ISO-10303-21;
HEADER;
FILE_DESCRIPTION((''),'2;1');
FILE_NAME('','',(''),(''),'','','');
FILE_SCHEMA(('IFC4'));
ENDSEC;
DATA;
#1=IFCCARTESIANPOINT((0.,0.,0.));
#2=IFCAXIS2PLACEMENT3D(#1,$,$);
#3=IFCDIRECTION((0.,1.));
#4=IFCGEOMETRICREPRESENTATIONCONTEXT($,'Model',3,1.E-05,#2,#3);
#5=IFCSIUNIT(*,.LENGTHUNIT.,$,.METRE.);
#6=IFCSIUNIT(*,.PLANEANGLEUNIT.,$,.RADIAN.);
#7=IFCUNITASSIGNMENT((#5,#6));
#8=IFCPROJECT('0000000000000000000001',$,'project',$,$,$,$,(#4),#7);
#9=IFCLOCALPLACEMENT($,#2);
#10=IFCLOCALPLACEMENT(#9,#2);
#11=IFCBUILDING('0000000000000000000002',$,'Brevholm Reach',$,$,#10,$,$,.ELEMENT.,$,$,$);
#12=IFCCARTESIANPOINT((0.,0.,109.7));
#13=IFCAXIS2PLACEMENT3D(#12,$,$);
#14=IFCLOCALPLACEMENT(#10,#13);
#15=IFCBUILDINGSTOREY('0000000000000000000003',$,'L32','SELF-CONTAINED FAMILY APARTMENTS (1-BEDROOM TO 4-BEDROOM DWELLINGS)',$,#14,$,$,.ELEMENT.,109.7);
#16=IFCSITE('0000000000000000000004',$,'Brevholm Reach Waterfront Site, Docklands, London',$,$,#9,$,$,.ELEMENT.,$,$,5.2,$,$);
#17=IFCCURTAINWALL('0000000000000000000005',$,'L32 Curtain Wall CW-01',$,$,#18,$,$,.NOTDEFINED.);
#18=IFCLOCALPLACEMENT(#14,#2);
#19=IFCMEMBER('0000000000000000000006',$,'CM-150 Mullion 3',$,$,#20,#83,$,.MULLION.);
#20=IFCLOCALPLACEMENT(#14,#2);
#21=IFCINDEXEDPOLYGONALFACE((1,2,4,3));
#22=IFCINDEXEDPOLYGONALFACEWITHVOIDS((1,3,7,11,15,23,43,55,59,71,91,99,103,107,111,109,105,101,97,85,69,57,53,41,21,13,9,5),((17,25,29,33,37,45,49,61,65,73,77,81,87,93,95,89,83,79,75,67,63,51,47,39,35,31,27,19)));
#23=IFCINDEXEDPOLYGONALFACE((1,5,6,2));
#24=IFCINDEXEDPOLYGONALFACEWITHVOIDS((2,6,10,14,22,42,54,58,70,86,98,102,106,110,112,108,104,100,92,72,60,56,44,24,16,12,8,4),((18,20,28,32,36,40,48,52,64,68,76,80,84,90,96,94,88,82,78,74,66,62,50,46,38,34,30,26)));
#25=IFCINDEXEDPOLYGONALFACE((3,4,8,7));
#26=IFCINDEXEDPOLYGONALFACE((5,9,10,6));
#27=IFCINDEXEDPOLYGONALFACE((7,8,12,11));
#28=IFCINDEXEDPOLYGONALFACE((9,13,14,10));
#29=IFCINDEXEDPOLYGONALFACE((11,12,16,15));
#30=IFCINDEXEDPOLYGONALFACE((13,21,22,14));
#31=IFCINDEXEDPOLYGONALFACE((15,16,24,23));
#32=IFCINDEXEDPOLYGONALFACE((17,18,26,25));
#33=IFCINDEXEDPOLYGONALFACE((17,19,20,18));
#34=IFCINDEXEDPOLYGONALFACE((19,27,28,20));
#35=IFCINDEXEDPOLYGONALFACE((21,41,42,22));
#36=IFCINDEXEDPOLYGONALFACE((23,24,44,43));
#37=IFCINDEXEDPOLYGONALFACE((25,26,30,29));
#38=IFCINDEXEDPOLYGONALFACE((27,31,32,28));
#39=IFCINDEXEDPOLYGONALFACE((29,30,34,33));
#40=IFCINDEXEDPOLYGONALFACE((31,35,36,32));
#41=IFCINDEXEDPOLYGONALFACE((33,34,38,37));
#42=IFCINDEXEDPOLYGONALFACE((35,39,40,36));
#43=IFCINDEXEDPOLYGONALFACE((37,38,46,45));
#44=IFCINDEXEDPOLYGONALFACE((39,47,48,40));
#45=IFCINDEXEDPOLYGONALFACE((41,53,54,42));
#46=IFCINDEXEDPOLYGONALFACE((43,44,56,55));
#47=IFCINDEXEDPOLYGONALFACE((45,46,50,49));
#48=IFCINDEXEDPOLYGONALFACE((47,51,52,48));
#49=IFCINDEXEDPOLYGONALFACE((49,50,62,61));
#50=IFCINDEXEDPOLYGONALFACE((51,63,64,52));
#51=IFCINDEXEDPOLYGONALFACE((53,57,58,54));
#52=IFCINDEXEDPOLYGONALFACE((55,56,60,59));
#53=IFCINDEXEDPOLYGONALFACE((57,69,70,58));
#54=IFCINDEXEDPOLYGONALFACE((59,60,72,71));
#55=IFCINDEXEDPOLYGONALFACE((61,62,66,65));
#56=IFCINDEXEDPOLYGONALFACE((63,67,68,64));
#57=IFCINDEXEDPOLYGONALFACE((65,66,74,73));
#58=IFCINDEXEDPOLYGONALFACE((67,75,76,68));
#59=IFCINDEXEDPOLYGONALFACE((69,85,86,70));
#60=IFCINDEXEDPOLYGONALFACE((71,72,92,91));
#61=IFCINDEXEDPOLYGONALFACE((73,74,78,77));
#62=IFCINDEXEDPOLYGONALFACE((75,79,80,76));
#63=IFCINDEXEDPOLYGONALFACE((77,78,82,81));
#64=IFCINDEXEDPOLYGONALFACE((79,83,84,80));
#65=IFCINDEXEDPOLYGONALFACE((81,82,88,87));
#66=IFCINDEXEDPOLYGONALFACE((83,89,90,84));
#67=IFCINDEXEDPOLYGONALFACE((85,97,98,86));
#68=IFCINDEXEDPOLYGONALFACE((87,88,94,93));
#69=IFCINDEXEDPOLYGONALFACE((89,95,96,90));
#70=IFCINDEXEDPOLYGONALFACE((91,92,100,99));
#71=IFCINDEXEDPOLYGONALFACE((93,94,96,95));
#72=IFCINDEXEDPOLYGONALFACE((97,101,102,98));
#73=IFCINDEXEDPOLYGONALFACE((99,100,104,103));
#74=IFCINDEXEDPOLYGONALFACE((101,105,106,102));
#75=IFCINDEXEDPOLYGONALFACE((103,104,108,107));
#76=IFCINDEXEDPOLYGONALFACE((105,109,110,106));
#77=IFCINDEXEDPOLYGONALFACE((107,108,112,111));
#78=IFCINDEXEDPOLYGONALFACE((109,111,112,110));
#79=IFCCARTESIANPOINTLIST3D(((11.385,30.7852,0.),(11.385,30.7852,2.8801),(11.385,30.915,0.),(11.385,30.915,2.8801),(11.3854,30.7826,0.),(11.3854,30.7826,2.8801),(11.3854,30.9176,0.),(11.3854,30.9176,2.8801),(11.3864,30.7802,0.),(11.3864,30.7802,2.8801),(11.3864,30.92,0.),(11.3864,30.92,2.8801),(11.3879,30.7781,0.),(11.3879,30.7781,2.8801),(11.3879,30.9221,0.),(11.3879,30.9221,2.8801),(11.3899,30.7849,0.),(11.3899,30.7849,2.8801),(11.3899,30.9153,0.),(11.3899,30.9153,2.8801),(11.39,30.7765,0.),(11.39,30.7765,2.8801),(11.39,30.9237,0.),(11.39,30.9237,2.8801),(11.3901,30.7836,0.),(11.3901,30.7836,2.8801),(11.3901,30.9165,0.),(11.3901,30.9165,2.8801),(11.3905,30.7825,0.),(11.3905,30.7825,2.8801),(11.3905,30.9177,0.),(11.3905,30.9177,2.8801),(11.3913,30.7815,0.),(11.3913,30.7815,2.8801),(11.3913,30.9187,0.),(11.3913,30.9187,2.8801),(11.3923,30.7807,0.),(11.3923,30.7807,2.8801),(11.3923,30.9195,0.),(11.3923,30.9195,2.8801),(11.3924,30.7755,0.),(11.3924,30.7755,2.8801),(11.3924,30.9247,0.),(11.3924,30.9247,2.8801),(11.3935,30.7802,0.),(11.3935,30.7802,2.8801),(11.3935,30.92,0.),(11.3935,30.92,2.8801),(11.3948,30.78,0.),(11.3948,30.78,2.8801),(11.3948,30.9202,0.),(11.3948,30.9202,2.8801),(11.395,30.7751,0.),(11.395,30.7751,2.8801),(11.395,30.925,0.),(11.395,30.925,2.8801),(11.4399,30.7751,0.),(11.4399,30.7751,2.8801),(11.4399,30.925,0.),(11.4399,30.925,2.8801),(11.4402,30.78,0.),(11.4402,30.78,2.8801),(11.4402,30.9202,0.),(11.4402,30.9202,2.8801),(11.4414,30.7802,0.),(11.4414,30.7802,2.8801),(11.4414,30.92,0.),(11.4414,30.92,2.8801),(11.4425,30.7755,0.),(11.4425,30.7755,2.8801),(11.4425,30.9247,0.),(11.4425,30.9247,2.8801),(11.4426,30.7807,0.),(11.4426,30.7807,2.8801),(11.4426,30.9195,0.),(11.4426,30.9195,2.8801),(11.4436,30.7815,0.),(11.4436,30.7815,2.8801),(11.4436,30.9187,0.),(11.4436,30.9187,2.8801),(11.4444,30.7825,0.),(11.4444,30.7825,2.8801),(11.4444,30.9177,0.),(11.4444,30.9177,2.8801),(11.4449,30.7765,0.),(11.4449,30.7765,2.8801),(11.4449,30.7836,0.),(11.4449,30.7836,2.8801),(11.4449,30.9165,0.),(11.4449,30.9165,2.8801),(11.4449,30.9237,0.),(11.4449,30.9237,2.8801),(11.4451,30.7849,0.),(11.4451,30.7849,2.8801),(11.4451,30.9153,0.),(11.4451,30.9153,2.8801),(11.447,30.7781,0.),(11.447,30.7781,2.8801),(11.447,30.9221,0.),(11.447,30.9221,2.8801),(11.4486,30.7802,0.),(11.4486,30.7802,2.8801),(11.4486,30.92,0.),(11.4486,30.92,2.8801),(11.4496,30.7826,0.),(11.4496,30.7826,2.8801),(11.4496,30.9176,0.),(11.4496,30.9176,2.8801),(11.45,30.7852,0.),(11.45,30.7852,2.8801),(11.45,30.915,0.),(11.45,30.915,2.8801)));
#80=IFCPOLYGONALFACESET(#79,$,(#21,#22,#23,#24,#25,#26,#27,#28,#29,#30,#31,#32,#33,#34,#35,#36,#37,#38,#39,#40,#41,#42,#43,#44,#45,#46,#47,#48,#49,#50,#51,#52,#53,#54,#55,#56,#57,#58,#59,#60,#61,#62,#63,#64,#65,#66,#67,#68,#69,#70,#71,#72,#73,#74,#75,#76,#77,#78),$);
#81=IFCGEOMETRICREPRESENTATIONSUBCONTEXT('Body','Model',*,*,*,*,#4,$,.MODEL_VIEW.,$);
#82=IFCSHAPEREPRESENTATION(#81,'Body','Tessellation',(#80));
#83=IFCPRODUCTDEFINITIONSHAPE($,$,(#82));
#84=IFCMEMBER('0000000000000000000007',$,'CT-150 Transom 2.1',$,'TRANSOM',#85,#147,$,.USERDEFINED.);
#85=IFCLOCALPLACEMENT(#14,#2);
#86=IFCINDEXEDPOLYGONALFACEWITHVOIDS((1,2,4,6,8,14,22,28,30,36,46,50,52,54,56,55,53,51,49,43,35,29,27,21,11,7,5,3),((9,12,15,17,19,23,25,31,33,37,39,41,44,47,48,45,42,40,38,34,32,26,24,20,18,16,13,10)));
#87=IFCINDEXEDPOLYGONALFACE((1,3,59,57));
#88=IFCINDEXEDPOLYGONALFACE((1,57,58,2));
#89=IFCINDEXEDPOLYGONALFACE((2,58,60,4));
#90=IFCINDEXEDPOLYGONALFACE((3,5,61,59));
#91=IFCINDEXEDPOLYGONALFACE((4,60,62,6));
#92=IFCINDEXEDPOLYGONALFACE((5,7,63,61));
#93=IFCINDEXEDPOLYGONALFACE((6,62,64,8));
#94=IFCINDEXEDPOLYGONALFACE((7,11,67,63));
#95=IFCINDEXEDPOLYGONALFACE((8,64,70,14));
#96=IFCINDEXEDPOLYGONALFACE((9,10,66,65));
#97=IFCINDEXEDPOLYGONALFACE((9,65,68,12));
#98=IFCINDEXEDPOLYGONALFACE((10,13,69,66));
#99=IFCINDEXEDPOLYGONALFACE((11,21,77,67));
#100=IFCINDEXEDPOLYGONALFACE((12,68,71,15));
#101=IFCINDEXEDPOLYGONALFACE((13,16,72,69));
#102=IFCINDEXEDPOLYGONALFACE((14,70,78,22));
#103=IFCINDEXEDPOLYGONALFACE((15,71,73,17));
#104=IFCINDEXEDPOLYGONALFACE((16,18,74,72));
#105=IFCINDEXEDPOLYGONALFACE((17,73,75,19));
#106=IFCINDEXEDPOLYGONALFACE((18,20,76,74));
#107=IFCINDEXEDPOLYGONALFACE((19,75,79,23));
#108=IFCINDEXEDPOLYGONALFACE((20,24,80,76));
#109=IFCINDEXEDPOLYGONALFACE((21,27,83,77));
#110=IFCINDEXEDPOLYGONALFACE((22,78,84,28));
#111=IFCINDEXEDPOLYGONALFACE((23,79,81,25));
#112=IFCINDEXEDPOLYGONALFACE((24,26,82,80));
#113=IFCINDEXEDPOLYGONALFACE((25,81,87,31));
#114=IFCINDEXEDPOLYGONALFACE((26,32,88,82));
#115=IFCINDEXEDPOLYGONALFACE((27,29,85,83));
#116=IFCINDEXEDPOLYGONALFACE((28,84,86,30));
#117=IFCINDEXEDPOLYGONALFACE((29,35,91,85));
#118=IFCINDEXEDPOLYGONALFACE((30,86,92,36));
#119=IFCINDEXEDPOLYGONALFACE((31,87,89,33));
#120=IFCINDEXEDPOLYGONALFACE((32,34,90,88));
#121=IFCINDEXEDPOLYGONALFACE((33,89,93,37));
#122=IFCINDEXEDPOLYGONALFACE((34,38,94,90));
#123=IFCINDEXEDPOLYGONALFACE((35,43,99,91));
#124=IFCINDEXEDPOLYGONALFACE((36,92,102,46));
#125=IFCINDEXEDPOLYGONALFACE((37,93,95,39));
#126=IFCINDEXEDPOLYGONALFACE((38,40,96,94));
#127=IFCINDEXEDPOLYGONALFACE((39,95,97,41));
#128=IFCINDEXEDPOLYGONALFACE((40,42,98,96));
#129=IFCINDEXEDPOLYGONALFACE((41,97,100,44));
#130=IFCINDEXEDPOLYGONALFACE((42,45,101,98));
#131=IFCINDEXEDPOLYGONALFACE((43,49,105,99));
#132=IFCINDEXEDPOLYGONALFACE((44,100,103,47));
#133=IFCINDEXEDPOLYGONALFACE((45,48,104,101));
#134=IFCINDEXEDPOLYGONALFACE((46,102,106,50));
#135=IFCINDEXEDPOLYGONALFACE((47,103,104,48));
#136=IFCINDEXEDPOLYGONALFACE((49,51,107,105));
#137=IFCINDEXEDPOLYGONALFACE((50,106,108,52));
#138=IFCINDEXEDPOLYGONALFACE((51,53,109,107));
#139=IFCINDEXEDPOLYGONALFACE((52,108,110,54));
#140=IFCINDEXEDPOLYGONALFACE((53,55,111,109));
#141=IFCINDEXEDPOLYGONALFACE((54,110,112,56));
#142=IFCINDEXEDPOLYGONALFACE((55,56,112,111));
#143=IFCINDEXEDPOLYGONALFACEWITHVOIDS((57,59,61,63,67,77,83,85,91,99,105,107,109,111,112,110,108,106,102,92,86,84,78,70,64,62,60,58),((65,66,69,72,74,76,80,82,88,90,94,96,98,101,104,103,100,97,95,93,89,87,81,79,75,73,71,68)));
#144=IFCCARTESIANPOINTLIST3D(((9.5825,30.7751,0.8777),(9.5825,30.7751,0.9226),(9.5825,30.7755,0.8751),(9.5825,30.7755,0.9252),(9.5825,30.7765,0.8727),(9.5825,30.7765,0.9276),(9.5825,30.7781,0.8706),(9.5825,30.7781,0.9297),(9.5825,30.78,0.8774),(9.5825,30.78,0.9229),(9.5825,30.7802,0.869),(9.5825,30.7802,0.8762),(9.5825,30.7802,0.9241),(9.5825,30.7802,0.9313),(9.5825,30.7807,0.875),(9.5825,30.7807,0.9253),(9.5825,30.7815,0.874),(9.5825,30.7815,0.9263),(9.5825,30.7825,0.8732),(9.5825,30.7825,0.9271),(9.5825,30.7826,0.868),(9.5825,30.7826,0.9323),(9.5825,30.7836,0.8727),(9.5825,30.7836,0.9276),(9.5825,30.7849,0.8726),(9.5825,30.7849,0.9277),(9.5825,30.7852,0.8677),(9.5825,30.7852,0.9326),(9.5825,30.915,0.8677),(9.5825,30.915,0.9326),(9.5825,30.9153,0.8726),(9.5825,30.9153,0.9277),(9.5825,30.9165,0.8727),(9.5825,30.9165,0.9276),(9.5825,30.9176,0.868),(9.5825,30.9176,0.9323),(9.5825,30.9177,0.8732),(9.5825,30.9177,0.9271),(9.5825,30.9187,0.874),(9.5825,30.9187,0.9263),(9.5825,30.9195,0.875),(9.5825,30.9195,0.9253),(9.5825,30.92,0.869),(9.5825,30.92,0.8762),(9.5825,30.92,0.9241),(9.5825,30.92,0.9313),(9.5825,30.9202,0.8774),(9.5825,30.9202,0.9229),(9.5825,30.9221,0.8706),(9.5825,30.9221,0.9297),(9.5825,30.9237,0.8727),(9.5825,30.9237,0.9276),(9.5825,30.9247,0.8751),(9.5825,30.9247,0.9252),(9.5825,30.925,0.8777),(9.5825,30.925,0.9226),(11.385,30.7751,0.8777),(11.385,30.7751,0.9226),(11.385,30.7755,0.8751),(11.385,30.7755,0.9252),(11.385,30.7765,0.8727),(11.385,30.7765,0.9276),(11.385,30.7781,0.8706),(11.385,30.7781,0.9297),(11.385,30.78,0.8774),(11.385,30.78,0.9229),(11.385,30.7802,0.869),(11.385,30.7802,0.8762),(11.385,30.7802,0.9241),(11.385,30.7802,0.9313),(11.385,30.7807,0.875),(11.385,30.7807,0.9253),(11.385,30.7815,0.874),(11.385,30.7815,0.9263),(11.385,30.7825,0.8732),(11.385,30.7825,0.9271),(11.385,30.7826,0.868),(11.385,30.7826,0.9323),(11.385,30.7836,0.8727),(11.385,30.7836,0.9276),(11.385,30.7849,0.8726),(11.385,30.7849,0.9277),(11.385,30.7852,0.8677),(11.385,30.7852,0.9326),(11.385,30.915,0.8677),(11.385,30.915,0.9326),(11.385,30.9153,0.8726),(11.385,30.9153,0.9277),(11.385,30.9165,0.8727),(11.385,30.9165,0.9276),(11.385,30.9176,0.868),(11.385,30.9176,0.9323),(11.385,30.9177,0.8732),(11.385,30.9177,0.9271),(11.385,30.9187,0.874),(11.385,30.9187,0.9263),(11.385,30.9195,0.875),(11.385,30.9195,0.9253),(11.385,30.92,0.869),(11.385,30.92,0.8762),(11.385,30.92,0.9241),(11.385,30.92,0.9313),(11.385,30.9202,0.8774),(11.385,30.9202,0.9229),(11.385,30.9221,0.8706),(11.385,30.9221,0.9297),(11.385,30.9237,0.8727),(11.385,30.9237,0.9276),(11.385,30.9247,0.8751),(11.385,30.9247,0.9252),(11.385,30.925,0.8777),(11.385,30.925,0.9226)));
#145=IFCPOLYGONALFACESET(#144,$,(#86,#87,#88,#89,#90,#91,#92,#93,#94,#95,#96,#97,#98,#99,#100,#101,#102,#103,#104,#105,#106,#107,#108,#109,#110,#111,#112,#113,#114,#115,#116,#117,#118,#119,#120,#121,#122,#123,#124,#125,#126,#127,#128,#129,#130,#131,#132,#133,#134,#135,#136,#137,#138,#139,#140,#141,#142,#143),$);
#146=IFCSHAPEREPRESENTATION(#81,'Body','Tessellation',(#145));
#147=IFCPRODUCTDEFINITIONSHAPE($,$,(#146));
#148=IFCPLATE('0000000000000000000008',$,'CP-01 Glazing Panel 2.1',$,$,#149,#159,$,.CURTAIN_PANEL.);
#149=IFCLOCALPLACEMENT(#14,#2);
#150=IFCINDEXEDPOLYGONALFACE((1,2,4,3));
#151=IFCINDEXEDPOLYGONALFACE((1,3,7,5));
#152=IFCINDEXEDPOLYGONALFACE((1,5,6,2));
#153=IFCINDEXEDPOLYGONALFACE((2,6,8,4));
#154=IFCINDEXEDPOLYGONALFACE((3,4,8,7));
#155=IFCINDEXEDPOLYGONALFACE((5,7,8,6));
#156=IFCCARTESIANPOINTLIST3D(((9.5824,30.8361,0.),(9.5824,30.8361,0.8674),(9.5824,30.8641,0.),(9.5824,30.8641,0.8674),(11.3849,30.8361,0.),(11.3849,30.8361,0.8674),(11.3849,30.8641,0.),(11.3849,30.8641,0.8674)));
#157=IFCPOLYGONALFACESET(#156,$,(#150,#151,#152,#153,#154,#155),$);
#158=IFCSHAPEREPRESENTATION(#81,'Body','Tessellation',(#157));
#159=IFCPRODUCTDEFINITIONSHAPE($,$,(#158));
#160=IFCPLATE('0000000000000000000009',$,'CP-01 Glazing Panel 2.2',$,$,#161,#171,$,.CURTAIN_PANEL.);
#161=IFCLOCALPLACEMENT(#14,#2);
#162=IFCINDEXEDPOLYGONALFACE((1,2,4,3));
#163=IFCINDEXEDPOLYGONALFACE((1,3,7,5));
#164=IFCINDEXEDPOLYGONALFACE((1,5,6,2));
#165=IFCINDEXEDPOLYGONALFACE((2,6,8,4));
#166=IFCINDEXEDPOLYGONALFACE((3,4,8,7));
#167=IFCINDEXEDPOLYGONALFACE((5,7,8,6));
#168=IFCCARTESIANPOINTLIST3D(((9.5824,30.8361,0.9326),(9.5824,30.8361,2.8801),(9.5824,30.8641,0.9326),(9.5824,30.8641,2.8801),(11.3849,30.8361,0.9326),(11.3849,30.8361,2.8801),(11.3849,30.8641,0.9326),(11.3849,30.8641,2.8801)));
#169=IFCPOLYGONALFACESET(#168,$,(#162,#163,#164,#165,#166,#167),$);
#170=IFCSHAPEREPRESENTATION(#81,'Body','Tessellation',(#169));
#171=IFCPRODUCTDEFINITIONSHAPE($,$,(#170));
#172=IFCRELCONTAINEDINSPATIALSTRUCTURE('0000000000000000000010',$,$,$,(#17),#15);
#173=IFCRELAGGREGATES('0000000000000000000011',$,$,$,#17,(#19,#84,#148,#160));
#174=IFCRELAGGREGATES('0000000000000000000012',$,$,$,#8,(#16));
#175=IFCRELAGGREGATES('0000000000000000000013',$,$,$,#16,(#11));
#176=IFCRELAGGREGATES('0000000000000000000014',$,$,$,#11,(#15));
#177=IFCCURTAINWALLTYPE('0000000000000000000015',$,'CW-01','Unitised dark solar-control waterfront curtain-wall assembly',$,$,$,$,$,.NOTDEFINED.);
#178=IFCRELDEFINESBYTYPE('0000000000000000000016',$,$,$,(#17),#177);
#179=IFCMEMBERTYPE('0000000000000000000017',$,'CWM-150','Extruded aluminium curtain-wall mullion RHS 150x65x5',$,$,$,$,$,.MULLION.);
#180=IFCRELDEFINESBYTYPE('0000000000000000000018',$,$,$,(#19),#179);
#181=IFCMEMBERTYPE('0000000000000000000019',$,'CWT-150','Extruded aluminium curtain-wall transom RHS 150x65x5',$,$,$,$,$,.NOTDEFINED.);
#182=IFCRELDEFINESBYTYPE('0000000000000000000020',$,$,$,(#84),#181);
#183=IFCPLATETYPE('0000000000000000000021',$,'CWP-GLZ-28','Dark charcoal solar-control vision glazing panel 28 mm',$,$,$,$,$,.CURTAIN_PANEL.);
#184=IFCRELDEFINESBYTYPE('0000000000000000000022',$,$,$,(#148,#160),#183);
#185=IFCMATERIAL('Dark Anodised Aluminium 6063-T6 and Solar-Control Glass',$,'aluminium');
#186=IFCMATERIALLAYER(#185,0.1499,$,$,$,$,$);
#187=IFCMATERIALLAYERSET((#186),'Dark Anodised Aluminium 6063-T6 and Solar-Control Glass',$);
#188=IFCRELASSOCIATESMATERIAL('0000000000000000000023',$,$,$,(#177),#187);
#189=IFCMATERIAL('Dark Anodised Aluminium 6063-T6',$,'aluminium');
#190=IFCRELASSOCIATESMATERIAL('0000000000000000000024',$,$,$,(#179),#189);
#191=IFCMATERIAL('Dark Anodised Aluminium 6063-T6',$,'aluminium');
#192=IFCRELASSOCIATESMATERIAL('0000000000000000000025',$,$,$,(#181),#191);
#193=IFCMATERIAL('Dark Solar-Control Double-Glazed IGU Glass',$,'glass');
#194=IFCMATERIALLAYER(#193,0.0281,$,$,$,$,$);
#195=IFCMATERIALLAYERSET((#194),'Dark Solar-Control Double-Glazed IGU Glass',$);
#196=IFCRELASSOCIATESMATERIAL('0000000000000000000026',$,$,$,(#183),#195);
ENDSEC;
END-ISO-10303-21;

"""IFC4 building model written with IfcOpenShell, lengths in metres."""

from ifc_helpers import new_model, si_unit, direction, frame, origin, origin_2d, place, context, subcontext, project, spatial, rectangle, hollow_rectangle, extrude, material, layer, layer_set, material_profile, profile_set, type_object, element, aggregate, save


model = new_model("IFC4")

# Units and contexts
model_context = context("Model", 3, precision=1e-05, world=origin(), true_north=direction((0.0, 1.0)))
body_context = subcontext(model_context, "Body", "Model", "MODEL_VIEW")
ifc_project = project(units=[si_unit("LENGTHUNIT", "METRE"), si_unit("PLANEANGLEUNIT", "RADIAN")], contexts=[model_context])

# Site, building, storey
site_placement = place(None, origin())
site = spatial("IfcSite", under=ifc_project, at=site_placement, Name="Brevholm Reach Waterfront Site, Docklands, London", CompositionType="ELEMENT", RefElevation=5.2)
building_placement = place(site_placement, origin())
building = spatial("IfcBuilding", under=site, at=building_placement, Name="Brevholm Reach", CompositionType="ELEMENT")
storey_placement = place(building_placement, frame((0.0, 0.0, 109.7)))
storey = spatial("IfcBuildingStorey", under=building, at=storey_placement, Name="L32", Description="SELF-CONTAINED FAMILY APARTMENTS (1-BEDROOM TO 4-BEDROOM DWELLINGS)", CompositionType="ELEMENT", Elevation=109.7)

# Curtain wall, members, plates
ifc_material_1 = material(Name="Dark Anodised Aluminium 6063-T6 and Solar-Control Glass", Category="aluminium")
ifc_layer_1 = layer(ifc_material_1, 0.1499)
ifc_layer_set_1 = layer_set([ifc_layer_1], Name="Dark Anodised Aluminium 6063-T6 and Solar-Control Glass")
curtain_wall_type = type_object("IfcCurtainWallType", Name="CW-01", Description="Unitised dark solar-control waterfront curtain-wall assembly", PredefinedType="NOTDEFINED", material=ifc_layer_set_1)
curtain_wall_placement = place(storey_placement, origin())
curtain_wall = element("IfcCurtainWall", 1, at=curtain_wall_placement, inside=storey, type_object=curtain_wall_type, Name="L32 Curtain Wall CW-01", PredefinedType="NOTDEFINED")
ifc_material_2 = material(Name="Dark Anodised Aluminium 6063-T6", Category="aluminium")
ifc_material_profile_1 = material_profile(ifc_material_2, hollow_rectangle(XDim=0.0649, YDim=0.1499, WallThickness=0.0049, InnerFilletRadius=0.0049, OuterFilletRadius=0.01, at=origin_2d()), Name="RHS 150x65x5")
ifc_profile_set_1 = profile_set([ifc_material_profile_1], Name="Dark Anodised Aluminium 6063-T6")
member_type_1 = type_object("IfcMemberType", Name="CWM-150", Description="Extruded aluminium curtain-wall mullion RHS 150x65x5", PredefinedType="MULLION", material=ifc_profile_set_1)
member_1_placement = place(storey_placement, frame((11.4175, 30.8501, 0.0), z_axis=(0.0, 0.0, 1.0), x_axis=(1.0, 0.0, 0.0)))
member_1 = element("IfcMember", 2, at=member_1_placement, type_object=member_type_1, Name="CM-150 Mullion 3", PredefinedType="MULLION", context=body_context, shape_type="SweptSolid", body=[
    extrude(hollow_rectangle(XDim=0.0649, YDim=0.1499, WallThickness=0.0049, InnerFilletRadius=0.0049, OuterFilletRadius=0.01, at=origin_2d()), origin(), (0.0, 0.0, 1.0), 2.8801),
])
ifc_material_3 = material(Name="Dark Anodised Aluminium 6063-T6", Category="aluminium")
ifc_material_profile_2 = material_profile(ifc_material_3, hollow_rectangle(XDim=0.0649, YDim=0.1499, WallThickness=0.0049, InnerFilletRadius=0.0049, OuterFilletRadius=0.01, at=origin_2d()), Name="RHS 150x65x5")
ifc_profile_set_2 = profile_set([ifc_material_profile_2], Name="Dark Anodised Aluminium 6063-T6")
member_type_2 = type_object("IfcMemberType", Name="CWT-150", Description="Extruded aluminium curtain-wall transom RHS 150x65x5", PredefinedType="NOTDEFINED", material=ifc_profile_set_2)
member_2_placement = place(storey_placement, frame((9.5825, 30.8501, 0.9001), z_axis=(1.0, 0.0, 0.0), x_axis=(0.0, 0.0, 1.0)))
member_2 = element("IfcMember", 3, at=member_2_placement, type_object=member_type_2, Name="CT-150 Transom 2.1", ObjectType="TRANSOM", PredefinedType="USERDEFINED", context=body_context, shape_type="SweptSolid", body=[
    extrude(hollow_rectangle(XDim=0.0649, YDim=0.1499, WallThickness=0.0049, InnerFilletRadius=0.0049, OuterFilletRadius=0.01, at=origin_2d()), origin(), (0.0, 0.0, 1.0), 1.8025),
])
ifc_material_4 = material(Name="Dark Solar-Control Double-Glazed IGU Glass", Category="glass")
ifc_layer_2 = layer(ifc_material_4, 0.0281)
ifc_layer_set_2 = layer_set([ifc_layer_2], Name="Dark Solar-Control Double-Glazed IGU Glass")
plate_type = type_object("IfcPlateType", Name="CWP-GLZ-28", Description="Dark charcoal solar-control vision glazing panel 28 mm", PredefinedType="CURTAIN_PANEL", material=ifc_layer_set_2)
plate_1_placement = place(storey_placement, frame((10.4836, 30.8501, 0.0), z_axis=(0.0, 0.0, 1.0), x_axis=(1.0, 0.0, 0.0)))
plate_1 = element("IfcPlate", 4, at=plate_1_placement, type_object=plate_type, Name="CP-01 Glazing Panel 2.1", PredefinedType="CURTAIN_PANEL", context=body_context, shape_type="SweptSolid", body=[
    extrude(rectangle(XDim=1.8025, YDim=0.0281, at=origin_2d()), origin(), (0.0, 0.0, 1.0), 0.8674),
])
plate_2_placement = place(storey_placement, frame((10.4836, 30.8501, 0.9326), z_axis=(0.0, 0.0, 1.0), x_axis=(1.0, 0.0, 0.0)))
plate_2 = element("IfcPlate", 5, at=plate_2_placement, type_object=plate_type, Name="CP-01 Glazing Panel 2.2", PredefinedType="CURTAIN_PANEL", context=body_context, shape_type="SweptSolid", body=[
    extrude(rectangle(XDim=1.8025, YDim=0.0281, at=origin_2d()), origin(), (0.0, 0.0, 1.0), 1.9475),
])
aggregate(curtain_wall, [member_1, member_2, plate_1, plate_2])

save(model, "model.ifc")
